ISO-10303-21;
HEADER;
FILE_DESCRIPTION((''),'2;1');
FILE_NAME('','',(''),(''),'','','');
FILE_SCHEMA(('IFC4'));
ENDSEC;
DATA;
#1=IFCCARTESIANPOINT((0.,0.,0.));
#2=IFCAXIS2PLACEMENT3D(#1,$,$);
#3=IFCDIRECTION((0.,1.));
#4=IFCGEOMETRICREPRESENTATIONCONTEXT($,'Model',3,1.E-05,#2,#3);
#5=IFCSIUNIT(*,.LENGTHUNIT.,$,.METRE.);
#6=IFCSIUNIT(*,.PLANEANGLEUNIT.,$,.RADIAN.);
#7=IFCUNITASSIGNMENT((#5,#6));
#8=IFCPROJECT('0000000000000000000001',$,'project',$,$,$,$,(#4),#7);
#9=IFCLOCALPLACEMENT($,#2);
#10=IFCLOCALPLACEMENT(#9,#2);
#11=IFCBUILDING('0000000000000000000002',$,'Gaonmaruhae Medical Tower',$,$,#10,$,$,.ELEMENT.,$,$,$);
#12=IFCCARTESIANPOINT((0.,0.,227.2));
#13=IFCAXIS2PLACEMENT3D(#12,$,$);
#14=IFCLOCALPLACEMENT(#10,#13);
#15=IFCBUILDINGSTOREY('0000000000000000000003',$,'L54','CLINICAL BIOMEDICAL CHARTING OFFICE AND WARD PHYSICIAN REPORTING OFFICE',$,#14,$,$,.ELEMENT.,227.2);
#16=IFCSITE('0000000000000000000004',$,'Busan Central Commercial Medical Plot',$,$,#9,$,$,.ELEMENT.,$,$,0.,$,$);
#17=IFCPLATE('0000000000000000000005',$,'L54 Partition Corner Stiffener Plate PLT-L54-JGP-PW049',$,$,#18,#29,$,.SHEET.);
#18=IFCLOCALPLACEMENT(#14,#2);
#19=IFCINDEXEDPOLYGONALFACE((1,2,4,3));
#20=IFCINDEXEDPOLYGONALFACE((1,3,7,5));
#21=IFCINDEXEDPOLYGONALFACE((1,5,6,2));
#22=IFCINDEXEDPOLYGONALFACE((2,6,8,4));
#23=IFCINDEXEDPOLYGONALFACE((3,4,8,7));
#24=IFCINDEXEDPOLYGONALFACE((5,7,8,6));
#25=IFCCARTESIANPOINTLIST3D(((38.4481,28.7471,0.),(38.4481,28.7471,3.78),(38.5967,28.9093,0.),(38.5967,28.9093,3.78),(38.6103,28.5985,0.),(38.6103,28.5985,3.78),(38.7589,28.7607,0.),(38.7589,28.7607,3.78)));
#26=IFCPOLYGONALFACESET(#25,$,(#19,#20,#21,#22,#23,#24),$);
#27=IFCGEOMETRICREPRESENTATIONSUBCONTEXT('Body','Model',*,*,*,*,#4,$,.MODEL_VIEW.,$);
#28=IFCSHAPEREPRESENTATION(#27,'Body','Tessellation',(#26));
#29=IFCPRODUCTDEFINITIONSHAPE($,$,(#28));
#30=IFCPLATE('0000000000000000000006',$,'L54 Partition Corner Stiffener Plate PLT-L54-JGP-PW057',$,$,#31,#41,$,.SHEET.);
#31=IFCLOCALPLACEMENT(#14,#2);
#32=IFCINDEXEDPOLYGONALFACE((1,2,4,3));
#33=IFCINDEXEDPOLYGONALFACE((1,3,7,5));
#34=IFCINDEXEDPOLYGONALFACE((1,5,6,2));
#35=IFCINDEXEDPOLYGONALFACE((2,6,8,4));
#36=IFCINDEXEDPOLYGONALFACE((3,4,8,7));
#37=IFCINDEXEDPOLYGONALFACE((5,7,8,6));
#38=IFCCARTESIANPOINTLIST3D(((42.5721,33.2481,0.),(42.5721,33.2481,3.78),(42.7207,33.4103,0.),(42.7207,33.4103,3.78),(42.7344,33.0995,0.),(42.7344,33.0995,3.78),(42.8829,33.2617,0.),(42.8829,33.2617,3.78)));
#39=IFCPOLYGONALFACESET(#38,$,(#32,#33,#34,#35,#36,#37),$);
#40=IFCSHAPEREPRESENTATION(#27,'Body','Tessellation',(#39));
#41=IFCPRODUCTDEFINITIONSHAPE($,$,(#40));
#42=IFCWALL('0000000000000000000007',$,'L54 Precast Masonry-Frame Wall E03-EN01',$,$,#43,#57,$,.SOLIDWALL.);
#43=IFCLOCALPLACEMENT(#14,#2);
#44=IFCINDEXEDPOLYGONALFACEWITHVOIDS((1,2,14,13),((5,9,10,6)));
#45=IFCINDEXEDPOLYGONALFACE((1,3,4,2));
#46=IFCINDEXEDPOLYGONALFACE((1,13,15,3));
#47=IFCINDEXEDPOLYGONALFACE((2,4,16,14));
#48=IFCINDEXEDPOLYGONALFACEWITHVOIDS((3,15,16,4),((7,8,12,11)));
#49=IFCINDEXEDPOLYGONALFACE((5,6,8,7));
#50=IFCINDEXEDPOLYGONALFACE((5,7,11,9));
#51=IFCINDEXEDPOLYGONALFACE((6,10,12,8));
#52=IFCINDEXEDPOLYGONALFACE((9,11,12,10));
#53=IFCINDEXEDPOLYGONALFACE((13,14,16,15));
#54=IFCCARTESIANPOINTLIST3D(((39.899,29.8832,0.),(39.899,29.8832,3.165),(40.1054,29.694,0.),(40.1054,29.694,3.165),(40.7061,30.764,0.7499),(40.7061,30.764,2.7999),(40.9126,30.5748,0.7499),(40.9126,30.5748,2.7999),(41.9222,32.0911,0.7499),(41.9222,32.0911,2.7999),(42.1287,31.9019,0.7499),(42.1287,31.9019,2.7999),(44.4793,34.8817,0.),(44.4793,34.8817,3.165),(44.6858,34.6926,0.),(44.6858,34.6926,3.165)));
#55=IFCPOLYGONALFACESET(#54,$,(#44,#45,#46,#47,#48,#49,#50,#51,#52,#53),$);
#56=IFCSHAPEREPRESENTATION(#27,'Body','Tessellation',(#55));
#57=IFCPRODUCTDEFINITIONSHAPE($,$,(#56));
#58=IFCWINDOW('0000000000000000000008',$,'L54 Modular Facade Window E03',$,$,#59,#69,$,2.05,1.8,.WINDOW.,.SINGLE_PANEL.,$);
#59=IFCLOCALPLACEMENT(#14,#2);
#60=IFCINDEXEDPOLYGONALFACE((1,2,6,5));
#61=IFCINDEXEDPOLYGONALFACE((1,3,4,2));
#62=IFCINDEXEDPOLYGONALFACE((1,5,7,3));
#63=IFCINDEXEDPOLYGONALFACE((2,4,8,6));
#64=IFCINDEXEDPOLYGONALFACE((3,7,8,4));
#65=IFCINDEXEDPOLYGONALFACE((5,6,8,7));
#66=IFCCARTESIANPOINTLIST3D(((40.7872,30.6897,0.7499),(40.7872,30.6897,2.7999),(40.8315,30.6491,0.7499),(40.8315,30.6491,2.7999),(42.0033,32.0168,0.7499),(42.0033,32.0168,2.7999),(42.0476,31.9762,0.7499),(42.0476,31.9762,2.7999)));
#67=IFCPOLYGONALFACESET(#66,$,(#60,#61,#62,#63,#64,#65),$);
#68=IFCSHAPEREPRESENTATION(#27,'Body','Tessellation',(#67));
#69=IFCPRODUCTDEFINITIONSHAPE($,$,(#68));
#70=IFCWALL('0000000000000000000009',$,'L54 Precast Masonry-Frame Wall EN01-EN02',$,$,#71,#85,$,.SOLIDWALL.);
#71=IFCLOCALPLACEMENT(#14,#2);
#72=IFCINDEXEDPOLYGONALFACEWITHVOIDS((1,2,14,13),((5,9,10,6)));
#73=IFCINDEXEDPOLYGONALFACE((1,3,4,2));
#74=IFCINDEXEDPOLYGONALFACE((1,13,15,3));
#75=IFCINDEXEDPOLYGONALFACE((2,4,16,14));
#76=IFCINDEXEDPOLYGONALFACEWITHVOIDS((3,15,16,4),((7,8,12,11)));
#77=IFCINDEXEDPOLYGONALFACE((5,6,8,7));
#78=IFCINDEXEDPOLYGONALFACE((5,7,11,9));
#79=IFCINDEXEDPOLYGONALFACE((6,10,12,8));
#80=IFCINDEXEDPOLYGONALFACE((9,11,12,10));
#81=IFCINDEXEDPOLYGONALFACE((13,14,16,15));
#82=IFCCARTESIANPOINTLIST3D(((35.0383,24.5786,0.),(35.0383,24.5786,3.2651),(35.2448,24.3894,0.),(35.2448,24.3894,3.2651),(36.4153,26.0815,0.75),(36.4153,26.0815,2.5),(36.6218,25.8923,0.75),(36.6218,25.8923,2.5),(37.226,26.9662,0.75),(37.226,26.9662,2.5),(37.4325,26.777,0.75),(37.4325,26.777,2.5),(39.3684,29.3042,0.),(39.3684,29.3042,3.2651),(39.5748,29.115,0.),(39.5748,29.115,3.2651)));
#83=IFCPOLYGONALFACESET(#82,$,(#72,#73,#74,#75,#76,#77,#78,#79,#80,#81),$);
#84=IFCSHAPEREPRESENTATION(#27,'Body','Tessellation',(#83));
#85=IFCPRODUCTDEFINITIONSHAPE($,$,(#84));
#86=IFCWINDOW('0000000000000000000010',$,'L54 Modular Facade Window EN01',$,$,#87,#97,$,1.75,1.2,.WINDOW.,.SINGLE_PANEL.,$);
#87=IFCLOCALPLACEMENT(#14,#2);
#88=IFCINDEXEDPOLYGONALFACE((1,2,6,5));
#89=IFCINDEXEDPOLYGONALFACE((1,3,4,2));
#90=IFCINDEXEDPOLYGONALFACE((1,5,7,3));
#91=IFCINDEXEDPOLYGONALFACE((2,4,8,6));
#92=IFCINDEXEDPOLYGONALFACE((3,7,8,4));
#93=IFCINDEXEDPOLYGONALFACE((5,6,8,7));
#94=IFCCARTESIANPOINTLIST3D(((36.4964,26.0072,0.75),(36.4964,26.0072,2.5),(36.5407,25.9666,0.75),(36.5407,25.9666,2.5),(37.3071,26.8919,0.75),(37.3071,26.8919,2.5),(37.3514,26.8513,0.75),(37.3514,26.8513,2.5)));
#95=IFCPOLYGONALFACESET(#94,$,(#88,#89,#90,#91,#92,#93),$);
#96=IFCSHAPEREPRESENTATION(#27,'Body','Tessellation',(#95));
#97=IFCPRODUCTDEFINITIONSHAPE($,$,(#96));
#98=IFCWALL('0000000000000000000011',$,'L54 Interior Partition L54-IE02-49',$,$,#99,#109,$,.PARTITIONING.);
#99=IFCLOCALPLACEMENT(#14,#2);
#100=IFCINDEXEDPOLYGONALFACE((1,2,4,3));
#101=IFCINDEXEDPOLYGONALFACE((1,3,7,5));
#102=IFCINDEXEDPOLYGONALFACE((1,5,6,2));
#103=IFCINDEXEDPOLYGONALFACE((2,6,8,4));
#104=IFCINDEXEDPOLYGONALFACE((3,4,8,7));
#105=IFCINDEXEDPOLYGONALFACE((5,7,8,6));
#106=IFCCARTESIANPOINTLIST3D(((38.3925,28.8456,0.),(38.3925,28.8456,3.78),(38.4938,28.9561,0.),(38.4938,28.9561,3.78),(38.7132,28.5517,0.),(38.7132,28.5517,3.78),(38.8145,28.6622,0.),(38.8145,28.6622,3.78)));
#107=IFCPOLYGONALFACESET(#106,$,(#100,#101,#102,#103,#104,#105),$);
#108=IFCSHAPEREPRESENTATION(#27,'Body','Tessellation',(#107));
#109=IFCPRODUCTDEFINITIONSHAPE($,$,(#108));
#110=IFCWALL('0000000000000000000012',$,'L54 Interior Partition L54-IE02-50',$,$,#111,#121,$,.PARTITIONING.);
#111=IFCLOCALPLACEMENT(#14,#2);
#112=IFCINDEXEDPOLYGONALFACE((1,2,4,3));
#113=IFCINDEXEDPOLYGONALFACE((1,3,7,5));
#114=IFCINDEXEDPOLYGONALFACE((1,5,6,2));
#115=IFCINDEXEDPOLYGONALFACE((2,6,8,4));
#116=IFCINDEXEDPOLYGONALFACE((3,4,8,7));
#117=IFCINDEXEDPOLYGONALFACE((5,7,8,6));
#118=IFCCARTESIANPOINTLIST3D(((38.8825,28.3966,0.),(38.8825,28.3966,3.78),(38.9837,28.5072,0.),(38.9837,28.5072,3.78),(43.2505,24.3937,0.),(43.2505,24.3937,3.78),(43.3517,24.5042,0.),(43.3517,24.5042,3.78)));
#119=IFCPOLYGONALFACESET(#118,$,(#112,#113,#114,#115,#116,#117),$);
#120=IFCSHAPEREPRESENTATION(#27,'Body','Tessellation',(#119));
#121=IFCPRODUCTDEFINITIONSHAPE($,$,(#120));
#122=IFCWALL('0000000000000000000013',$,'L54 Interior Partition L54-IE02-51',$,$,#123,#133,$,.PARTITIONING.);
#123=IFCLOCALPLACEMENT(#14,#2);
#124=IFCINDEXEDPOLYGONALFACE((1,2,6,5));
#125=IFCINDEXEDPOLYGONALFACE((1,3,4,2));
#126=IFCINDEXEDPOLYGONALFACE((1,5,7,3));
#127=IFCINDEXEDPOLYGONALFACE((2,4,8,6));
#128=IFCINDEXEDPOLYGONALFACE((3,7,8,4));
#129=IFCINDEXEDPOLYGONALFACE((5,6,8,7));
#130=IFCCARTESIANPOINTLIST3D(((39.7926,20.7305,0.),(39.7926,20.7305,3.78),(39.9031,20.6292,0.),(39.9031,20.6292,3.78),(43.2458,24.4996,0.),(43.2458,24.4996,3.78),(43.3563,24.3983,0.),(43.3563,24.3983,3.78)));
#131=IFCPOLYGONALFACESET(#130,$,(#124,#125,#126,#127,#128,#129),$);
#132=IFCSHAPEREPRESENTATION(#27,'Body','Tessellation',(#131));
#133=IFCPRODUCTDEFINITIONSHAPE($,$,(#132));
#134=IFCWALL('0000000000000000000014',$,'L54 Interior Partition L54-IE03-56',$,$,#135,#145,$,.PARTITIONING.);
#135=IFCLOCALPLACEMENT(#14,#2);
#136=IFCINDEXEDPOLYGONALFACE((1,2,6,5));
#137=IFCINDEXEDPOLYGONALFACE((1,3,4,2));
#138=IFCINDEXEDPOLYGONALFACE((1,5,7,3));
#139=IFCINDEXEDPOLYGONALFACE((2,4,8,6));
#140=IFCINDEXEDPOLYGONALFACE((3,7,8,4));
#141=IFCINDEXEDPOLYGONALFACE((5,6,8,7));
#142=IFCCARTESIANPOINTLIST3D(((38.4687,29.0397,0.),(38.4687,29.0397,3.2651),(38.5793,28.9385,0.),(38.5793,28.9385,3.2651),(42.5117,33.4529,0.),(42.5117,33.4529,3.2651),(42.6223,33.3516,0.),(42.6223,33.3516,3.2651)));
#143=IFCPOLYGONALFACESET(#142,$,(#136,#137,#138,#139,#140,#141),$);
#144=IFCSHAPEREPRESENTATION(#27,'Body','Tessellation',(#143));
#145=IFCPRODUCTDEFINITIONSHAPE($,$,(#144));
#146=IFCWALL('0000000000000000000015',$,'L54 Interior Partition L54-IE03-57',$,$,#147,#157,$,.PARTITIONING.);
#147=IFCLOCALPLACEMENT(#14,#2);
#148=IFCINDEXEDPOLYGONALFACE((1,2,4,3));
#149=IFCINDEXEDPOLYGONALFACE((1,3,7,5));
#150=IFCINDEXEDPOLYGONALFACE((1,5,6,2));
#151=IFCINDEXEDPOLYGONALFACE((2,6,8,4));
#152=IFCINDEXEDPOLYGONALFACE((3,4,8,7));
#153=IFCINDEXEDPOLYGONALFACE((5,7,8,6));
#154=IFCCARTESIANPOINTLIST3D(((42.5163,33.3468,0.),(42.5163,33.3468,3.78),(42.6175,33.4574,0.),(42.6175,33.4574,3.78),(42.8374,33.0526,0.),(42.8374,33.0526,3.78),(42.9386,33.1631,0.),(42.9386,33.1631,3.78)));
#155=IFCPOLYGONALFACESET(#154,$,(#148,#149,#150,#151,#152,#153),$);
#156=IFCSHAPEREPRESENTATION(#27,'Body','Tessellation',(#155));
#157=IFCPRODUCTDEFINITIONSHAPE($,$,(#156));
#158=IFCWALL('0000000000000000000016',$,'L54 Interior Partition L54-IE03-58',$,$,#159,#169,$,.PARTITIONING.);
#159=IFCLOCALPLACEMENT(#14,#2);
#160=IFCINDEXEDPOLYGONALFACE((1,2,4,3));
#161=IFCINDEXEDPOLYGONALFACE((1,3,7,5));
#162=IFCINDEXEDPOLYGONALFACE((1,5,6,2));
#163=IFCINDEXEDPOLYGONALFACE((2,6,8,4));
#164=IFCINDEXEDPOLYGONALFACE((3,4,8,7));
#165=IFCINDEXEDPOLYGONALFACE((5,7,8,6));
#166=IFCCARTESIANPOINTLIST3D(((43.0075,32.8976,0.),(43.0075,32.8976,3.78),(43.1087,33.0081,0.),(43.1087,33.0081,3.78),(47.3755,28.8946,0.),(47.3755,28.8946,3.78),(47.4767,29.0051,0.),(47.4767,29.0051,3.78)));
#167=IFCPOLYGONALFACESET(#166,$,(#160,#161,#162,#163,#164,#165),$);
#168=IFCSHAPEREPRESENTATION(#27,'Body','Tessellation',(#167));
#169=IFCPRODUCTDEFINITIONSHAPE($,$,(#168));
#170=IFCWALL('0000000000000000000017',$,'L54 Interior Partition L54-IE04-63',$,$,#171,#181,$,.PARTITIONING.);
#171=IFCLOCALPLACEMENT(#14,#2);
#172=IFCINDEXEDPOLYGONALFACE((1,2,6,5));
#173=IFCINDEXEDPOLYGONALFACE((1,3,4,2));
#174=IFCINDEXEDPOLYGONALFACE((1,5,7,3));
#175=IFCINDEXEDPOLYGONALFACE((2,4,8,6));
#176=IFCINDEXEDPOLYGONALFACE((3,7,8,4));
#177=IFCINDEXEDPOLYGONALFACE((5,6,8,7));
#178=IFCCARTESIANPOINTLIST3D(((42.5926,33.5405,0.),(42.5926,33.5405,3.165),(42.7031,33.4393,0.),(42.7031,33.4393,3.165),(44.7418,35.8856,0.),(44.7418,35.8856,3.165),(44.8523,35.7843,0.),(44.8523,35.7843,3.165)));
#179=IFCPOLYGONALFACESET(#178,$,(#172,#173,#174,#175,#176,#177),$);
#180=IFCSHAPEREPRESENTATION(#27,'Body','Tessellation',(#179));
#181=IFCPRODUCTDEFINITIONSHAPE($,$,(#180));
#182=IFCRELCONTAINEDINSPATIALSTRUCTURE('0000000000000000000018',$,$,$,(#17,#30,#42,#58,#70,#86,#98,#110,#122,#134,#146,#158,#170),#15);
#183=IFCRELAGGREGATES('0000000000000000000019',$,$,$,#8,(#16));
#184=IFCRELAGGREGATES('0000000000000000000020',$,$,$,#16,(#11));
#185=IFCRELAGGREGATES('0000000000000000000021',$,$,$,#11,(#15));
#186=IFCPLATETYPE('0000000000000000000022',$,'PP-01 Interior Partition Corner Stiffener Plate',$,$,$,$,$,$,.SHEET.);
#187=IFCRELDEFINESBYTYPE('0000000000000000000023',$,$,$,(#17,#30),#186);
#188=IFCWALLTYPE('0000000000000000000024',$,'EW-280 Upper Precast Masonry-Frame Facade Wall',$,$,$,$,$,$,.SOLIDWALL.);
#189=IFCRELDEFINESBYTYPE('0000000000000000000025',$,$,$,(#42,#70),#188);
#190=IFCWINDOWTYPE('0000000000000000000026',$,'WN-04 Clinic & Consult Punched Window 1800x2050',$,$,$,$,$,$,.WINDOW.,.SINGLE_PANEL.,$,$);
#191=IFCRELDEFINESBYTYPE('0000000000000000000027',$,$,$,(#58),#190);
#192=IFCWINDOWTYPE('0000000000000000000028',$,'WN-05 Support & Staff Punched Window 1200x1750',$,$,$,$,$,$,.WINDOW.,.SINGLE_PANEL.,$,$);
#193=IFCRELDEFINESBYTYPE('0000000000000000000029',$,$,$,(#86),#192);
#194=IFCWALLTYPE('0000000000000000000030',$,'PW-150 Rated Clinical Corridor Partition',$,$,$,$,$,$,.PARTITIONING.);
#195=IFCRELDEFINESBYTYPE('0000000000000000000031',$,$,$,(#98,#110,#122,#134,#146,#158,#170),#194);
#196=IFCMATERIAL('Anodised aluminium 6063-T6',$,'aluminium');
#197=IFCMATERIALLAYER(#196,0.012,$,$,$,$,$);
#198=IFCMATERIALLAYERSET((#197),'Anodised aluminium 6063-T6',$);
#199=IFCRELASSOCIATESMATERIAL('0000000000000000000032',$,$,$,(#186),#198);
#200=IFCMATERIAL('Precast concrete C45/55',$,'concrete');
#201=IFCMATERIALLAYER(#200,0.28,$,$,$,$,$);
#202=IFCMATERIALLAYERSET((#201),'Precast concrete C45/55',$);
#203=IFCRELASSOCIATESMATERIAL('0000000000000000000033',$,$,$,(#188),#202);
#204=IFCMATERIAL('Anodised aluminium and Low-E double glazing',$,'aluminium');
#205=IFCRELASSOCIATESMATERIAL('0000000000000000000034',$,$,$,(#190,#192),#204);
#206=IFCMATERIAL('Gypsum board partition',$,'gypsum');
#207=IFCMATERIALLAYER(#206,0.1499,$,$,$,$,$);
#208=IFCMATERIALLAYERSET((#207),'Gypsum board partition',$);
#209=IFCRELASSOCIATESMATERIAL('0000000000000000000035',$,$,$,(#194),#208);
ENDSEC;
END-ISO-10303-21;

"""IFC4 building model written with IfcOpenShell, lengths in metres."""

from ifc_helpers import new_model, si_unit, direction, frame, frame_2d, origin, origin_2d, place, context, subcontext, project, spatial, rectangle, extrude, material, layer, layer_set, type_object, element, fill, save


model = new_model("IFC4")

# Units and contexts
model_context = context("Model", 3, precision=1e-05, world=origin(), true_north=direction((0.0, 1.0)))
body_context = subcontext(model_context, "Body", "Model", "MODEL_VIEW")
ifc_project = project(units=[si_unit("LENGTHUNIT", "METRE"), si_unit("PLANEANGLEUNIT", "RADIAN")], contexts=[model_context])

# Site, building, storey
site_placement = place(None, origin())
site = spatial("IfcSite", under=ifc_project, at=site_placement, Name="Busan Central Commercial Medical Plot", CompositionType="ELEMENT", RefElevation=0.0)
building_placement = place(site_placement, origin())
building = spatial("IfcBuilding", under=site, at=building_placement, Name="Gaonmaruhae Medical Tower", CompositionType="ELEMENT")
storey_placement = place(building_placement, frame((0.0, 0.0, 227.2)))
storey = spatial("IfcBuildingStorey", under=building, at=storey_placement, Name="L54", Description="CLINICAL BIOMEDICAL CHARTING OFFICE AND WARD PHYSICIAN REPORTING OFFICE", CompositionType="ELEMENT", Elevation=227.2)

# Plates
ifc_material_1 = material(Name="Anodised aluminium 6063-T6", Category="aluminium")
ifc_layer_1 = layer(ifc_material_1, 0.012)
ifc_layer_set_1 = layer_set([ifc_layer_1], Name="Anodised aluminium 6063-T6")
plate_type = type_object("IfcPlateType", Name="PP-01 Interior Partition Corner Stiffener Plate", PredefinedType="SHEET", material=ifc_layer_set_1)
for number, where, z_axis, x_axis, name in (
    (1, (38.6035, 28.7539, 0.0), (0.0, 0.0, 1.0), (0.737442, -0.67541, 0.0), "L54 Partition Corner Stiffener Plate PLT-L54-JGP-PW049"),
    (2, (42.7275, 33.2549, 0.0), (0.0, 0.0, 1.0), (0.737442, -0.67541, 0.0), "L54 Partition Corner Stiffener Plate PLT-L54-JGP-PW057"),
):
    element("IfcPlate", number, at=place(storey_placement, frame(where, z_axis=z_axis, x_axis=x_axis)), inside=storey, type_object=plate_type, Name=name, PredefinedType="SHEET", context=body_context, shape_type="SweptSolid", body=[
        extrude(rectangle(XDim=0.22, YDim=0.22, at=origin_2d()), origin(), (0.0, 0.0, 1.0), 3.78),
    ])

# Walls, openings, windows
ifc_material_2 = material(Name="Precast concrete C45/55", Category="concrete")
ifc_layer_2 = layer(ifc_material_2, 0.28)
ifc_layer_set_2 = layer_set([ifc_layer_2], Name="Precast concrete C45/55")
wall_type_1 = type_object("IfcWallType", Name="EW-280 Upper Precast Masonry-Frame Facade Wall", PredefinedType="SOLIDWALL", material=ifc_layer_set_2)
wall_1_placement = place(storey_placement, frame((40.0022, 29.7886, 0.0), z_axis=(0.0, 0.0, 1.0), x_axis=(0.675591, 0.737277, 0.0)))
wall_1 = element("IfcWall", 3, at=wall_1_placement, inside=storey, type_object=wall_type_1, Name="L54 Precast Masonry-Frame Wall E03-EN01", PredefinedType="SOLIDWALL", context=body_context, shape_type="SweptSolid", body=[
    extrude(rectangle(XDim=6.7798, YDim=0.28, at=frame_2d((3.3899, 0.0))), origin(), (0.0, 0.0, 1.0), 3.165),
])
opening_1_placement = place(wall_1_placement, frame((1.1948, 0.0, 0.75)))
opening_1 = element("IfcOpeningElement", 4, at=opening_1_placement, cuts=wall_1, PredefinedType="OPENING", context=body_context, shape_type="SweptSolid", body=[
    extrude(rectangle(XDim=1.8, YDim=2.05, at=frame_2d((0.8999, 1.0249))), frame((0.0, 0.1499, 0.0), z_axis=(0.0, -1.0, 0.0), x_axis=(1.0, 0.0, 0.0)), (0.0, 0.0, 1.0), 0.3),
])
ifc_material_3 = material(Name="Anodised aluminium and Low-E double glazing", Category="aluminium")
window_type_1 = type_object("IfcWindowType", Name="WN-04 Clinic & Consult Punched Window 1800x2050", PartitioningType="SINGLE_PANEL", PredefinedType="WINDOW", material=ifc_material_3)
window_1_placement = place(opening_1_placement, origin())
window_1 = element("IfcWindow", 5, at=window_1_placement, inside=storey, type_object=window_type_1, Name="L54 Modular Facade Window E03", OverallHeight=2.05, OverallWidth=1.8, PartitioningType="SINGLE_PANEL", PredefinedType="WINDOW", context=body_context, shape_type="SweptSolid", body=[
    extrude(rectangle(XDim=1.8, YDim=2.05, at=frame_2d((0.8999, 1.0249))), frame((0.0, 0.03, 0.0), z_axis=(0.0, -1.0, 0.0), x_axis=(1.0, 0.0, 0.0)), (0.0, 0.0, 1.0), 0.0601),
])
fill(opening_1, window_1)
wall_2_placement = place(storey_placement, frame((35.1416, 24.4841, 0.0), z_axis=(0.0, 0.0, 1.0), x_axis=(0.67558, 0.737287, 0.0)))
wall_2 = element("IfcWall", 6, at=wall_2_placement, inside=storey, type_object=wall_type_1, Name="L54 Precast Masonry-Frame Wall EN01-EN02", PredefinedType="SOLIDWALL", context=body_context, shape_type="SweptSolid", body=[
    extrude(rectangle(XDim=6.4094, YDim=0.28, at=frame_2d((3.2046, 0.0))), origin(), (0.0, 0.0, 1.0), 3.2651),
])
opening_2_placement = place(wall_2_placement, frame((2.0381, 0.0, 0.75)))
opening_2 = element("IfcOpeningElement", 7, at=opening_2_placement, cuts=wall_2, PredefinedType="OPENING", context=body_context, shape_type="SweptSolid", body=[
    extrude(rectangle(XDim=1.2, YDim=1.75, at=frame_2d((0.6001, 0.875))), frame((0.0, 0.1499, 0.0), z_axis=(0.0, -1.0, 0.0), x_axis=(1.0, 0.0, 0.0)), (0.0, 0.0, 1.0), 0.3),
])
window_type_2 = type_object("IfcWindowType", Name="WN-05 Support & Staff Punched Window 1200x1750", PartitioningType="SINGLE_PANEL", PredefinedType="WINDOW", material=ifc_material_3)
window_2_placement = place(opening_2_placement, origin())
window_2 = element("IfcWindow", 8, at=window_2_placement, inside=storey, type_object=window_type_2, Name="L54 Modular Facade Window EN01", OverallHeight=1.75, OverallWidth=1.2, PartitioningType="SINGLE_PANEL", PredefinedType="WINDOW", context=body_context, shape_type="SweptSolid", body=[
    extrude(rectangle(XDim=1.2, YDim=1.75, at=frame_2d((0.6001, 0.875))), frame((0.0, 0.03, 0.0), z_axis=(0.0, -1.0, 0.0), x_axis=(1.0, 0.0, 0.0)), (0.0, 0.0, 1.0), 0.0601),
])
fill(opening_2, window_2)

# Walls
ifc_material_4 = material(Name="Gypsum board partition", Category="gypsum")
ifc_layer_3 = layer(ifc_material_4, 0.1499)
ifc_layer_set_3 = layer_set([ifc_layer_3], Name="Gypsum board partition")
wall_type_2 = type_object("IfcWallType", Name="PW-150 Rated Clinical Corridor Partition", PredefinedType="PARTITIONING", material=ifc_layer_set_3)
wall_3_placement = place(storey_placement, frame((38.4431, 28.9009, 0.0), z_axis=(0.0, 0.0, 1.0), x_axis=(0.737294, -0.675572, 0.0)))
element("IfcWall", 9, at=wall_3_placement, inside=storey, type_object=wall_type_2, Name="L54 Interior Partition L54-IE02-49", PredefinedType="PARTITIONING", context=body_context, shape_type="SweptSolid", body=[
    extrude(rectangle(XDim=0.4351, YDim=0.1499, at=frame_2d((0.2175, 0.0))), origin(), (0.0, 0.0, 1.0), 3.78),
])
wall_4_placement = place(storey_placement, frame((38.9331, 28.4519, 0.0), z_axis=(0.0, 0.0, 1.0), x_axis=(0.737238, -0.675633, 0.0)))
element("IfcWall", 10, at=wall_4_placement, inside=storey, type_object=wall_type_2, Name="L54 Interior Partition L54-IE02-50", PredefinedType="PARTITIONING", context=body_context, shape_type="SweptSolid", body=[
    extrude(rectangle(XDim=5.9248, YDim=0.1499, at=frame_2d((2.9624, 0.0))), origin(), (0.0, 0.0, 1.0), 3.78),
])
wall_5_placement = place(storey_placement, frame((43.301, 24.449, 0.0), z_axis=(0.0, 0.0, 1.0), x_axis=(-0.67553, -0.737333, 0.0)))
element("IfcWall", 11, at=wall_5_placement, inside=storey, type_object=wall_type_2, Name="L54 Interior Partition L54-IE02-51", PredefinedType="PARTITIONING", context=body_context, shape_type="SweptSolid", body=[
    extrude(rectangle(XDim=5.1118, YDim=0.1499, at=frame_2d((2.5559, 0.0))), origin(), (0.0, 0.0, 1.0), 3.78),
])
wall_6_placement = place(storey_placement, frame((38.5239, 28.989, 0.0), z_axis=(0.0, 0.0, 1.0), x_axis=(0.67551, 0.737351, 0.0)))
element("IfcWall", 12, at=wall_6_placement, inside=storey, type_object=wall_type_2, Name="L54 Interior Partition L54-IE03-56", PredefinedType="PARTITIONING", context=body_context, shape_type="SweptSolid", body=[
    extrude(rectangle(XDim=5.9851, YDim=0.1499, at=frame_2d((2.9927, 0.0))), origin(), (0.0, 0.0, 1.0), 3.2651),
])
wall_7_placement = place(storey_placement, frame((42.5669, 33.4021, 0.0), z_axis=(0.0, 0.0, 1.0), x_axis=(0.73727, -0.675598, 0.0)))
element("IfcWall", 13, at=wall_7_placement, inside=storey, type_object=wall_type_2, Name="L54 Interior Partition L54-IE03-57", PredefinedType="PARTITIONING", context=body_context, shape_type="SweptSolid", body=[
    extrude(rectangle(XDim=0.4355, YDim=0.1499, at=frame_2d((0.2178, 0.0))), origin(), (0.0, 0.0, 1.0), 3.78),
])
wall_8_placement = place(storey_placement, frame((43.0581, 32.9529, 0.0), z_axis=(0.0, 0.0, 1.0), x_axis=(0.737238, -0.675633, 0.0)))
element("IfcWall", 14, at=wall_8_placement, inside=storey, type_object=wall_type_2, Name="L54 Interior Partition L54-IE03-58", PredefinedType="PARTITIONING", context=body_context, shape_type="SweptSolid", body=[
    extrude(rectangle(XDim=5.9248, YDim=0.1499, at=frame_2d((2.9624, 0.0))), origin(), (0.0, 0.0, 1.0), 3.78),
])
wall_9_placement = place(storey_placement, frame((42.6479, 33.49, 0.0), z_axis=(0.0, 0.0, 1.0), x_axis=(0.675659, 0.737215, 0.0)))
element("IfcWall", 15, at=wall_9_placement, inside=storey, type_object=wall_type_2, Name="L54 Interior Partition L54-IE04-63", PredefinedType="PARTITIONING", context=body_context, shape_type="SweptSolid", body=[
    extrude(rectangle(XDim=3.1809, YDim=0.1499, at=frame_2d((1.5903, 0.0))), origin(), (0.0, 0.0, 1.0), 3.165),
])

save(model, "model.ifc")
